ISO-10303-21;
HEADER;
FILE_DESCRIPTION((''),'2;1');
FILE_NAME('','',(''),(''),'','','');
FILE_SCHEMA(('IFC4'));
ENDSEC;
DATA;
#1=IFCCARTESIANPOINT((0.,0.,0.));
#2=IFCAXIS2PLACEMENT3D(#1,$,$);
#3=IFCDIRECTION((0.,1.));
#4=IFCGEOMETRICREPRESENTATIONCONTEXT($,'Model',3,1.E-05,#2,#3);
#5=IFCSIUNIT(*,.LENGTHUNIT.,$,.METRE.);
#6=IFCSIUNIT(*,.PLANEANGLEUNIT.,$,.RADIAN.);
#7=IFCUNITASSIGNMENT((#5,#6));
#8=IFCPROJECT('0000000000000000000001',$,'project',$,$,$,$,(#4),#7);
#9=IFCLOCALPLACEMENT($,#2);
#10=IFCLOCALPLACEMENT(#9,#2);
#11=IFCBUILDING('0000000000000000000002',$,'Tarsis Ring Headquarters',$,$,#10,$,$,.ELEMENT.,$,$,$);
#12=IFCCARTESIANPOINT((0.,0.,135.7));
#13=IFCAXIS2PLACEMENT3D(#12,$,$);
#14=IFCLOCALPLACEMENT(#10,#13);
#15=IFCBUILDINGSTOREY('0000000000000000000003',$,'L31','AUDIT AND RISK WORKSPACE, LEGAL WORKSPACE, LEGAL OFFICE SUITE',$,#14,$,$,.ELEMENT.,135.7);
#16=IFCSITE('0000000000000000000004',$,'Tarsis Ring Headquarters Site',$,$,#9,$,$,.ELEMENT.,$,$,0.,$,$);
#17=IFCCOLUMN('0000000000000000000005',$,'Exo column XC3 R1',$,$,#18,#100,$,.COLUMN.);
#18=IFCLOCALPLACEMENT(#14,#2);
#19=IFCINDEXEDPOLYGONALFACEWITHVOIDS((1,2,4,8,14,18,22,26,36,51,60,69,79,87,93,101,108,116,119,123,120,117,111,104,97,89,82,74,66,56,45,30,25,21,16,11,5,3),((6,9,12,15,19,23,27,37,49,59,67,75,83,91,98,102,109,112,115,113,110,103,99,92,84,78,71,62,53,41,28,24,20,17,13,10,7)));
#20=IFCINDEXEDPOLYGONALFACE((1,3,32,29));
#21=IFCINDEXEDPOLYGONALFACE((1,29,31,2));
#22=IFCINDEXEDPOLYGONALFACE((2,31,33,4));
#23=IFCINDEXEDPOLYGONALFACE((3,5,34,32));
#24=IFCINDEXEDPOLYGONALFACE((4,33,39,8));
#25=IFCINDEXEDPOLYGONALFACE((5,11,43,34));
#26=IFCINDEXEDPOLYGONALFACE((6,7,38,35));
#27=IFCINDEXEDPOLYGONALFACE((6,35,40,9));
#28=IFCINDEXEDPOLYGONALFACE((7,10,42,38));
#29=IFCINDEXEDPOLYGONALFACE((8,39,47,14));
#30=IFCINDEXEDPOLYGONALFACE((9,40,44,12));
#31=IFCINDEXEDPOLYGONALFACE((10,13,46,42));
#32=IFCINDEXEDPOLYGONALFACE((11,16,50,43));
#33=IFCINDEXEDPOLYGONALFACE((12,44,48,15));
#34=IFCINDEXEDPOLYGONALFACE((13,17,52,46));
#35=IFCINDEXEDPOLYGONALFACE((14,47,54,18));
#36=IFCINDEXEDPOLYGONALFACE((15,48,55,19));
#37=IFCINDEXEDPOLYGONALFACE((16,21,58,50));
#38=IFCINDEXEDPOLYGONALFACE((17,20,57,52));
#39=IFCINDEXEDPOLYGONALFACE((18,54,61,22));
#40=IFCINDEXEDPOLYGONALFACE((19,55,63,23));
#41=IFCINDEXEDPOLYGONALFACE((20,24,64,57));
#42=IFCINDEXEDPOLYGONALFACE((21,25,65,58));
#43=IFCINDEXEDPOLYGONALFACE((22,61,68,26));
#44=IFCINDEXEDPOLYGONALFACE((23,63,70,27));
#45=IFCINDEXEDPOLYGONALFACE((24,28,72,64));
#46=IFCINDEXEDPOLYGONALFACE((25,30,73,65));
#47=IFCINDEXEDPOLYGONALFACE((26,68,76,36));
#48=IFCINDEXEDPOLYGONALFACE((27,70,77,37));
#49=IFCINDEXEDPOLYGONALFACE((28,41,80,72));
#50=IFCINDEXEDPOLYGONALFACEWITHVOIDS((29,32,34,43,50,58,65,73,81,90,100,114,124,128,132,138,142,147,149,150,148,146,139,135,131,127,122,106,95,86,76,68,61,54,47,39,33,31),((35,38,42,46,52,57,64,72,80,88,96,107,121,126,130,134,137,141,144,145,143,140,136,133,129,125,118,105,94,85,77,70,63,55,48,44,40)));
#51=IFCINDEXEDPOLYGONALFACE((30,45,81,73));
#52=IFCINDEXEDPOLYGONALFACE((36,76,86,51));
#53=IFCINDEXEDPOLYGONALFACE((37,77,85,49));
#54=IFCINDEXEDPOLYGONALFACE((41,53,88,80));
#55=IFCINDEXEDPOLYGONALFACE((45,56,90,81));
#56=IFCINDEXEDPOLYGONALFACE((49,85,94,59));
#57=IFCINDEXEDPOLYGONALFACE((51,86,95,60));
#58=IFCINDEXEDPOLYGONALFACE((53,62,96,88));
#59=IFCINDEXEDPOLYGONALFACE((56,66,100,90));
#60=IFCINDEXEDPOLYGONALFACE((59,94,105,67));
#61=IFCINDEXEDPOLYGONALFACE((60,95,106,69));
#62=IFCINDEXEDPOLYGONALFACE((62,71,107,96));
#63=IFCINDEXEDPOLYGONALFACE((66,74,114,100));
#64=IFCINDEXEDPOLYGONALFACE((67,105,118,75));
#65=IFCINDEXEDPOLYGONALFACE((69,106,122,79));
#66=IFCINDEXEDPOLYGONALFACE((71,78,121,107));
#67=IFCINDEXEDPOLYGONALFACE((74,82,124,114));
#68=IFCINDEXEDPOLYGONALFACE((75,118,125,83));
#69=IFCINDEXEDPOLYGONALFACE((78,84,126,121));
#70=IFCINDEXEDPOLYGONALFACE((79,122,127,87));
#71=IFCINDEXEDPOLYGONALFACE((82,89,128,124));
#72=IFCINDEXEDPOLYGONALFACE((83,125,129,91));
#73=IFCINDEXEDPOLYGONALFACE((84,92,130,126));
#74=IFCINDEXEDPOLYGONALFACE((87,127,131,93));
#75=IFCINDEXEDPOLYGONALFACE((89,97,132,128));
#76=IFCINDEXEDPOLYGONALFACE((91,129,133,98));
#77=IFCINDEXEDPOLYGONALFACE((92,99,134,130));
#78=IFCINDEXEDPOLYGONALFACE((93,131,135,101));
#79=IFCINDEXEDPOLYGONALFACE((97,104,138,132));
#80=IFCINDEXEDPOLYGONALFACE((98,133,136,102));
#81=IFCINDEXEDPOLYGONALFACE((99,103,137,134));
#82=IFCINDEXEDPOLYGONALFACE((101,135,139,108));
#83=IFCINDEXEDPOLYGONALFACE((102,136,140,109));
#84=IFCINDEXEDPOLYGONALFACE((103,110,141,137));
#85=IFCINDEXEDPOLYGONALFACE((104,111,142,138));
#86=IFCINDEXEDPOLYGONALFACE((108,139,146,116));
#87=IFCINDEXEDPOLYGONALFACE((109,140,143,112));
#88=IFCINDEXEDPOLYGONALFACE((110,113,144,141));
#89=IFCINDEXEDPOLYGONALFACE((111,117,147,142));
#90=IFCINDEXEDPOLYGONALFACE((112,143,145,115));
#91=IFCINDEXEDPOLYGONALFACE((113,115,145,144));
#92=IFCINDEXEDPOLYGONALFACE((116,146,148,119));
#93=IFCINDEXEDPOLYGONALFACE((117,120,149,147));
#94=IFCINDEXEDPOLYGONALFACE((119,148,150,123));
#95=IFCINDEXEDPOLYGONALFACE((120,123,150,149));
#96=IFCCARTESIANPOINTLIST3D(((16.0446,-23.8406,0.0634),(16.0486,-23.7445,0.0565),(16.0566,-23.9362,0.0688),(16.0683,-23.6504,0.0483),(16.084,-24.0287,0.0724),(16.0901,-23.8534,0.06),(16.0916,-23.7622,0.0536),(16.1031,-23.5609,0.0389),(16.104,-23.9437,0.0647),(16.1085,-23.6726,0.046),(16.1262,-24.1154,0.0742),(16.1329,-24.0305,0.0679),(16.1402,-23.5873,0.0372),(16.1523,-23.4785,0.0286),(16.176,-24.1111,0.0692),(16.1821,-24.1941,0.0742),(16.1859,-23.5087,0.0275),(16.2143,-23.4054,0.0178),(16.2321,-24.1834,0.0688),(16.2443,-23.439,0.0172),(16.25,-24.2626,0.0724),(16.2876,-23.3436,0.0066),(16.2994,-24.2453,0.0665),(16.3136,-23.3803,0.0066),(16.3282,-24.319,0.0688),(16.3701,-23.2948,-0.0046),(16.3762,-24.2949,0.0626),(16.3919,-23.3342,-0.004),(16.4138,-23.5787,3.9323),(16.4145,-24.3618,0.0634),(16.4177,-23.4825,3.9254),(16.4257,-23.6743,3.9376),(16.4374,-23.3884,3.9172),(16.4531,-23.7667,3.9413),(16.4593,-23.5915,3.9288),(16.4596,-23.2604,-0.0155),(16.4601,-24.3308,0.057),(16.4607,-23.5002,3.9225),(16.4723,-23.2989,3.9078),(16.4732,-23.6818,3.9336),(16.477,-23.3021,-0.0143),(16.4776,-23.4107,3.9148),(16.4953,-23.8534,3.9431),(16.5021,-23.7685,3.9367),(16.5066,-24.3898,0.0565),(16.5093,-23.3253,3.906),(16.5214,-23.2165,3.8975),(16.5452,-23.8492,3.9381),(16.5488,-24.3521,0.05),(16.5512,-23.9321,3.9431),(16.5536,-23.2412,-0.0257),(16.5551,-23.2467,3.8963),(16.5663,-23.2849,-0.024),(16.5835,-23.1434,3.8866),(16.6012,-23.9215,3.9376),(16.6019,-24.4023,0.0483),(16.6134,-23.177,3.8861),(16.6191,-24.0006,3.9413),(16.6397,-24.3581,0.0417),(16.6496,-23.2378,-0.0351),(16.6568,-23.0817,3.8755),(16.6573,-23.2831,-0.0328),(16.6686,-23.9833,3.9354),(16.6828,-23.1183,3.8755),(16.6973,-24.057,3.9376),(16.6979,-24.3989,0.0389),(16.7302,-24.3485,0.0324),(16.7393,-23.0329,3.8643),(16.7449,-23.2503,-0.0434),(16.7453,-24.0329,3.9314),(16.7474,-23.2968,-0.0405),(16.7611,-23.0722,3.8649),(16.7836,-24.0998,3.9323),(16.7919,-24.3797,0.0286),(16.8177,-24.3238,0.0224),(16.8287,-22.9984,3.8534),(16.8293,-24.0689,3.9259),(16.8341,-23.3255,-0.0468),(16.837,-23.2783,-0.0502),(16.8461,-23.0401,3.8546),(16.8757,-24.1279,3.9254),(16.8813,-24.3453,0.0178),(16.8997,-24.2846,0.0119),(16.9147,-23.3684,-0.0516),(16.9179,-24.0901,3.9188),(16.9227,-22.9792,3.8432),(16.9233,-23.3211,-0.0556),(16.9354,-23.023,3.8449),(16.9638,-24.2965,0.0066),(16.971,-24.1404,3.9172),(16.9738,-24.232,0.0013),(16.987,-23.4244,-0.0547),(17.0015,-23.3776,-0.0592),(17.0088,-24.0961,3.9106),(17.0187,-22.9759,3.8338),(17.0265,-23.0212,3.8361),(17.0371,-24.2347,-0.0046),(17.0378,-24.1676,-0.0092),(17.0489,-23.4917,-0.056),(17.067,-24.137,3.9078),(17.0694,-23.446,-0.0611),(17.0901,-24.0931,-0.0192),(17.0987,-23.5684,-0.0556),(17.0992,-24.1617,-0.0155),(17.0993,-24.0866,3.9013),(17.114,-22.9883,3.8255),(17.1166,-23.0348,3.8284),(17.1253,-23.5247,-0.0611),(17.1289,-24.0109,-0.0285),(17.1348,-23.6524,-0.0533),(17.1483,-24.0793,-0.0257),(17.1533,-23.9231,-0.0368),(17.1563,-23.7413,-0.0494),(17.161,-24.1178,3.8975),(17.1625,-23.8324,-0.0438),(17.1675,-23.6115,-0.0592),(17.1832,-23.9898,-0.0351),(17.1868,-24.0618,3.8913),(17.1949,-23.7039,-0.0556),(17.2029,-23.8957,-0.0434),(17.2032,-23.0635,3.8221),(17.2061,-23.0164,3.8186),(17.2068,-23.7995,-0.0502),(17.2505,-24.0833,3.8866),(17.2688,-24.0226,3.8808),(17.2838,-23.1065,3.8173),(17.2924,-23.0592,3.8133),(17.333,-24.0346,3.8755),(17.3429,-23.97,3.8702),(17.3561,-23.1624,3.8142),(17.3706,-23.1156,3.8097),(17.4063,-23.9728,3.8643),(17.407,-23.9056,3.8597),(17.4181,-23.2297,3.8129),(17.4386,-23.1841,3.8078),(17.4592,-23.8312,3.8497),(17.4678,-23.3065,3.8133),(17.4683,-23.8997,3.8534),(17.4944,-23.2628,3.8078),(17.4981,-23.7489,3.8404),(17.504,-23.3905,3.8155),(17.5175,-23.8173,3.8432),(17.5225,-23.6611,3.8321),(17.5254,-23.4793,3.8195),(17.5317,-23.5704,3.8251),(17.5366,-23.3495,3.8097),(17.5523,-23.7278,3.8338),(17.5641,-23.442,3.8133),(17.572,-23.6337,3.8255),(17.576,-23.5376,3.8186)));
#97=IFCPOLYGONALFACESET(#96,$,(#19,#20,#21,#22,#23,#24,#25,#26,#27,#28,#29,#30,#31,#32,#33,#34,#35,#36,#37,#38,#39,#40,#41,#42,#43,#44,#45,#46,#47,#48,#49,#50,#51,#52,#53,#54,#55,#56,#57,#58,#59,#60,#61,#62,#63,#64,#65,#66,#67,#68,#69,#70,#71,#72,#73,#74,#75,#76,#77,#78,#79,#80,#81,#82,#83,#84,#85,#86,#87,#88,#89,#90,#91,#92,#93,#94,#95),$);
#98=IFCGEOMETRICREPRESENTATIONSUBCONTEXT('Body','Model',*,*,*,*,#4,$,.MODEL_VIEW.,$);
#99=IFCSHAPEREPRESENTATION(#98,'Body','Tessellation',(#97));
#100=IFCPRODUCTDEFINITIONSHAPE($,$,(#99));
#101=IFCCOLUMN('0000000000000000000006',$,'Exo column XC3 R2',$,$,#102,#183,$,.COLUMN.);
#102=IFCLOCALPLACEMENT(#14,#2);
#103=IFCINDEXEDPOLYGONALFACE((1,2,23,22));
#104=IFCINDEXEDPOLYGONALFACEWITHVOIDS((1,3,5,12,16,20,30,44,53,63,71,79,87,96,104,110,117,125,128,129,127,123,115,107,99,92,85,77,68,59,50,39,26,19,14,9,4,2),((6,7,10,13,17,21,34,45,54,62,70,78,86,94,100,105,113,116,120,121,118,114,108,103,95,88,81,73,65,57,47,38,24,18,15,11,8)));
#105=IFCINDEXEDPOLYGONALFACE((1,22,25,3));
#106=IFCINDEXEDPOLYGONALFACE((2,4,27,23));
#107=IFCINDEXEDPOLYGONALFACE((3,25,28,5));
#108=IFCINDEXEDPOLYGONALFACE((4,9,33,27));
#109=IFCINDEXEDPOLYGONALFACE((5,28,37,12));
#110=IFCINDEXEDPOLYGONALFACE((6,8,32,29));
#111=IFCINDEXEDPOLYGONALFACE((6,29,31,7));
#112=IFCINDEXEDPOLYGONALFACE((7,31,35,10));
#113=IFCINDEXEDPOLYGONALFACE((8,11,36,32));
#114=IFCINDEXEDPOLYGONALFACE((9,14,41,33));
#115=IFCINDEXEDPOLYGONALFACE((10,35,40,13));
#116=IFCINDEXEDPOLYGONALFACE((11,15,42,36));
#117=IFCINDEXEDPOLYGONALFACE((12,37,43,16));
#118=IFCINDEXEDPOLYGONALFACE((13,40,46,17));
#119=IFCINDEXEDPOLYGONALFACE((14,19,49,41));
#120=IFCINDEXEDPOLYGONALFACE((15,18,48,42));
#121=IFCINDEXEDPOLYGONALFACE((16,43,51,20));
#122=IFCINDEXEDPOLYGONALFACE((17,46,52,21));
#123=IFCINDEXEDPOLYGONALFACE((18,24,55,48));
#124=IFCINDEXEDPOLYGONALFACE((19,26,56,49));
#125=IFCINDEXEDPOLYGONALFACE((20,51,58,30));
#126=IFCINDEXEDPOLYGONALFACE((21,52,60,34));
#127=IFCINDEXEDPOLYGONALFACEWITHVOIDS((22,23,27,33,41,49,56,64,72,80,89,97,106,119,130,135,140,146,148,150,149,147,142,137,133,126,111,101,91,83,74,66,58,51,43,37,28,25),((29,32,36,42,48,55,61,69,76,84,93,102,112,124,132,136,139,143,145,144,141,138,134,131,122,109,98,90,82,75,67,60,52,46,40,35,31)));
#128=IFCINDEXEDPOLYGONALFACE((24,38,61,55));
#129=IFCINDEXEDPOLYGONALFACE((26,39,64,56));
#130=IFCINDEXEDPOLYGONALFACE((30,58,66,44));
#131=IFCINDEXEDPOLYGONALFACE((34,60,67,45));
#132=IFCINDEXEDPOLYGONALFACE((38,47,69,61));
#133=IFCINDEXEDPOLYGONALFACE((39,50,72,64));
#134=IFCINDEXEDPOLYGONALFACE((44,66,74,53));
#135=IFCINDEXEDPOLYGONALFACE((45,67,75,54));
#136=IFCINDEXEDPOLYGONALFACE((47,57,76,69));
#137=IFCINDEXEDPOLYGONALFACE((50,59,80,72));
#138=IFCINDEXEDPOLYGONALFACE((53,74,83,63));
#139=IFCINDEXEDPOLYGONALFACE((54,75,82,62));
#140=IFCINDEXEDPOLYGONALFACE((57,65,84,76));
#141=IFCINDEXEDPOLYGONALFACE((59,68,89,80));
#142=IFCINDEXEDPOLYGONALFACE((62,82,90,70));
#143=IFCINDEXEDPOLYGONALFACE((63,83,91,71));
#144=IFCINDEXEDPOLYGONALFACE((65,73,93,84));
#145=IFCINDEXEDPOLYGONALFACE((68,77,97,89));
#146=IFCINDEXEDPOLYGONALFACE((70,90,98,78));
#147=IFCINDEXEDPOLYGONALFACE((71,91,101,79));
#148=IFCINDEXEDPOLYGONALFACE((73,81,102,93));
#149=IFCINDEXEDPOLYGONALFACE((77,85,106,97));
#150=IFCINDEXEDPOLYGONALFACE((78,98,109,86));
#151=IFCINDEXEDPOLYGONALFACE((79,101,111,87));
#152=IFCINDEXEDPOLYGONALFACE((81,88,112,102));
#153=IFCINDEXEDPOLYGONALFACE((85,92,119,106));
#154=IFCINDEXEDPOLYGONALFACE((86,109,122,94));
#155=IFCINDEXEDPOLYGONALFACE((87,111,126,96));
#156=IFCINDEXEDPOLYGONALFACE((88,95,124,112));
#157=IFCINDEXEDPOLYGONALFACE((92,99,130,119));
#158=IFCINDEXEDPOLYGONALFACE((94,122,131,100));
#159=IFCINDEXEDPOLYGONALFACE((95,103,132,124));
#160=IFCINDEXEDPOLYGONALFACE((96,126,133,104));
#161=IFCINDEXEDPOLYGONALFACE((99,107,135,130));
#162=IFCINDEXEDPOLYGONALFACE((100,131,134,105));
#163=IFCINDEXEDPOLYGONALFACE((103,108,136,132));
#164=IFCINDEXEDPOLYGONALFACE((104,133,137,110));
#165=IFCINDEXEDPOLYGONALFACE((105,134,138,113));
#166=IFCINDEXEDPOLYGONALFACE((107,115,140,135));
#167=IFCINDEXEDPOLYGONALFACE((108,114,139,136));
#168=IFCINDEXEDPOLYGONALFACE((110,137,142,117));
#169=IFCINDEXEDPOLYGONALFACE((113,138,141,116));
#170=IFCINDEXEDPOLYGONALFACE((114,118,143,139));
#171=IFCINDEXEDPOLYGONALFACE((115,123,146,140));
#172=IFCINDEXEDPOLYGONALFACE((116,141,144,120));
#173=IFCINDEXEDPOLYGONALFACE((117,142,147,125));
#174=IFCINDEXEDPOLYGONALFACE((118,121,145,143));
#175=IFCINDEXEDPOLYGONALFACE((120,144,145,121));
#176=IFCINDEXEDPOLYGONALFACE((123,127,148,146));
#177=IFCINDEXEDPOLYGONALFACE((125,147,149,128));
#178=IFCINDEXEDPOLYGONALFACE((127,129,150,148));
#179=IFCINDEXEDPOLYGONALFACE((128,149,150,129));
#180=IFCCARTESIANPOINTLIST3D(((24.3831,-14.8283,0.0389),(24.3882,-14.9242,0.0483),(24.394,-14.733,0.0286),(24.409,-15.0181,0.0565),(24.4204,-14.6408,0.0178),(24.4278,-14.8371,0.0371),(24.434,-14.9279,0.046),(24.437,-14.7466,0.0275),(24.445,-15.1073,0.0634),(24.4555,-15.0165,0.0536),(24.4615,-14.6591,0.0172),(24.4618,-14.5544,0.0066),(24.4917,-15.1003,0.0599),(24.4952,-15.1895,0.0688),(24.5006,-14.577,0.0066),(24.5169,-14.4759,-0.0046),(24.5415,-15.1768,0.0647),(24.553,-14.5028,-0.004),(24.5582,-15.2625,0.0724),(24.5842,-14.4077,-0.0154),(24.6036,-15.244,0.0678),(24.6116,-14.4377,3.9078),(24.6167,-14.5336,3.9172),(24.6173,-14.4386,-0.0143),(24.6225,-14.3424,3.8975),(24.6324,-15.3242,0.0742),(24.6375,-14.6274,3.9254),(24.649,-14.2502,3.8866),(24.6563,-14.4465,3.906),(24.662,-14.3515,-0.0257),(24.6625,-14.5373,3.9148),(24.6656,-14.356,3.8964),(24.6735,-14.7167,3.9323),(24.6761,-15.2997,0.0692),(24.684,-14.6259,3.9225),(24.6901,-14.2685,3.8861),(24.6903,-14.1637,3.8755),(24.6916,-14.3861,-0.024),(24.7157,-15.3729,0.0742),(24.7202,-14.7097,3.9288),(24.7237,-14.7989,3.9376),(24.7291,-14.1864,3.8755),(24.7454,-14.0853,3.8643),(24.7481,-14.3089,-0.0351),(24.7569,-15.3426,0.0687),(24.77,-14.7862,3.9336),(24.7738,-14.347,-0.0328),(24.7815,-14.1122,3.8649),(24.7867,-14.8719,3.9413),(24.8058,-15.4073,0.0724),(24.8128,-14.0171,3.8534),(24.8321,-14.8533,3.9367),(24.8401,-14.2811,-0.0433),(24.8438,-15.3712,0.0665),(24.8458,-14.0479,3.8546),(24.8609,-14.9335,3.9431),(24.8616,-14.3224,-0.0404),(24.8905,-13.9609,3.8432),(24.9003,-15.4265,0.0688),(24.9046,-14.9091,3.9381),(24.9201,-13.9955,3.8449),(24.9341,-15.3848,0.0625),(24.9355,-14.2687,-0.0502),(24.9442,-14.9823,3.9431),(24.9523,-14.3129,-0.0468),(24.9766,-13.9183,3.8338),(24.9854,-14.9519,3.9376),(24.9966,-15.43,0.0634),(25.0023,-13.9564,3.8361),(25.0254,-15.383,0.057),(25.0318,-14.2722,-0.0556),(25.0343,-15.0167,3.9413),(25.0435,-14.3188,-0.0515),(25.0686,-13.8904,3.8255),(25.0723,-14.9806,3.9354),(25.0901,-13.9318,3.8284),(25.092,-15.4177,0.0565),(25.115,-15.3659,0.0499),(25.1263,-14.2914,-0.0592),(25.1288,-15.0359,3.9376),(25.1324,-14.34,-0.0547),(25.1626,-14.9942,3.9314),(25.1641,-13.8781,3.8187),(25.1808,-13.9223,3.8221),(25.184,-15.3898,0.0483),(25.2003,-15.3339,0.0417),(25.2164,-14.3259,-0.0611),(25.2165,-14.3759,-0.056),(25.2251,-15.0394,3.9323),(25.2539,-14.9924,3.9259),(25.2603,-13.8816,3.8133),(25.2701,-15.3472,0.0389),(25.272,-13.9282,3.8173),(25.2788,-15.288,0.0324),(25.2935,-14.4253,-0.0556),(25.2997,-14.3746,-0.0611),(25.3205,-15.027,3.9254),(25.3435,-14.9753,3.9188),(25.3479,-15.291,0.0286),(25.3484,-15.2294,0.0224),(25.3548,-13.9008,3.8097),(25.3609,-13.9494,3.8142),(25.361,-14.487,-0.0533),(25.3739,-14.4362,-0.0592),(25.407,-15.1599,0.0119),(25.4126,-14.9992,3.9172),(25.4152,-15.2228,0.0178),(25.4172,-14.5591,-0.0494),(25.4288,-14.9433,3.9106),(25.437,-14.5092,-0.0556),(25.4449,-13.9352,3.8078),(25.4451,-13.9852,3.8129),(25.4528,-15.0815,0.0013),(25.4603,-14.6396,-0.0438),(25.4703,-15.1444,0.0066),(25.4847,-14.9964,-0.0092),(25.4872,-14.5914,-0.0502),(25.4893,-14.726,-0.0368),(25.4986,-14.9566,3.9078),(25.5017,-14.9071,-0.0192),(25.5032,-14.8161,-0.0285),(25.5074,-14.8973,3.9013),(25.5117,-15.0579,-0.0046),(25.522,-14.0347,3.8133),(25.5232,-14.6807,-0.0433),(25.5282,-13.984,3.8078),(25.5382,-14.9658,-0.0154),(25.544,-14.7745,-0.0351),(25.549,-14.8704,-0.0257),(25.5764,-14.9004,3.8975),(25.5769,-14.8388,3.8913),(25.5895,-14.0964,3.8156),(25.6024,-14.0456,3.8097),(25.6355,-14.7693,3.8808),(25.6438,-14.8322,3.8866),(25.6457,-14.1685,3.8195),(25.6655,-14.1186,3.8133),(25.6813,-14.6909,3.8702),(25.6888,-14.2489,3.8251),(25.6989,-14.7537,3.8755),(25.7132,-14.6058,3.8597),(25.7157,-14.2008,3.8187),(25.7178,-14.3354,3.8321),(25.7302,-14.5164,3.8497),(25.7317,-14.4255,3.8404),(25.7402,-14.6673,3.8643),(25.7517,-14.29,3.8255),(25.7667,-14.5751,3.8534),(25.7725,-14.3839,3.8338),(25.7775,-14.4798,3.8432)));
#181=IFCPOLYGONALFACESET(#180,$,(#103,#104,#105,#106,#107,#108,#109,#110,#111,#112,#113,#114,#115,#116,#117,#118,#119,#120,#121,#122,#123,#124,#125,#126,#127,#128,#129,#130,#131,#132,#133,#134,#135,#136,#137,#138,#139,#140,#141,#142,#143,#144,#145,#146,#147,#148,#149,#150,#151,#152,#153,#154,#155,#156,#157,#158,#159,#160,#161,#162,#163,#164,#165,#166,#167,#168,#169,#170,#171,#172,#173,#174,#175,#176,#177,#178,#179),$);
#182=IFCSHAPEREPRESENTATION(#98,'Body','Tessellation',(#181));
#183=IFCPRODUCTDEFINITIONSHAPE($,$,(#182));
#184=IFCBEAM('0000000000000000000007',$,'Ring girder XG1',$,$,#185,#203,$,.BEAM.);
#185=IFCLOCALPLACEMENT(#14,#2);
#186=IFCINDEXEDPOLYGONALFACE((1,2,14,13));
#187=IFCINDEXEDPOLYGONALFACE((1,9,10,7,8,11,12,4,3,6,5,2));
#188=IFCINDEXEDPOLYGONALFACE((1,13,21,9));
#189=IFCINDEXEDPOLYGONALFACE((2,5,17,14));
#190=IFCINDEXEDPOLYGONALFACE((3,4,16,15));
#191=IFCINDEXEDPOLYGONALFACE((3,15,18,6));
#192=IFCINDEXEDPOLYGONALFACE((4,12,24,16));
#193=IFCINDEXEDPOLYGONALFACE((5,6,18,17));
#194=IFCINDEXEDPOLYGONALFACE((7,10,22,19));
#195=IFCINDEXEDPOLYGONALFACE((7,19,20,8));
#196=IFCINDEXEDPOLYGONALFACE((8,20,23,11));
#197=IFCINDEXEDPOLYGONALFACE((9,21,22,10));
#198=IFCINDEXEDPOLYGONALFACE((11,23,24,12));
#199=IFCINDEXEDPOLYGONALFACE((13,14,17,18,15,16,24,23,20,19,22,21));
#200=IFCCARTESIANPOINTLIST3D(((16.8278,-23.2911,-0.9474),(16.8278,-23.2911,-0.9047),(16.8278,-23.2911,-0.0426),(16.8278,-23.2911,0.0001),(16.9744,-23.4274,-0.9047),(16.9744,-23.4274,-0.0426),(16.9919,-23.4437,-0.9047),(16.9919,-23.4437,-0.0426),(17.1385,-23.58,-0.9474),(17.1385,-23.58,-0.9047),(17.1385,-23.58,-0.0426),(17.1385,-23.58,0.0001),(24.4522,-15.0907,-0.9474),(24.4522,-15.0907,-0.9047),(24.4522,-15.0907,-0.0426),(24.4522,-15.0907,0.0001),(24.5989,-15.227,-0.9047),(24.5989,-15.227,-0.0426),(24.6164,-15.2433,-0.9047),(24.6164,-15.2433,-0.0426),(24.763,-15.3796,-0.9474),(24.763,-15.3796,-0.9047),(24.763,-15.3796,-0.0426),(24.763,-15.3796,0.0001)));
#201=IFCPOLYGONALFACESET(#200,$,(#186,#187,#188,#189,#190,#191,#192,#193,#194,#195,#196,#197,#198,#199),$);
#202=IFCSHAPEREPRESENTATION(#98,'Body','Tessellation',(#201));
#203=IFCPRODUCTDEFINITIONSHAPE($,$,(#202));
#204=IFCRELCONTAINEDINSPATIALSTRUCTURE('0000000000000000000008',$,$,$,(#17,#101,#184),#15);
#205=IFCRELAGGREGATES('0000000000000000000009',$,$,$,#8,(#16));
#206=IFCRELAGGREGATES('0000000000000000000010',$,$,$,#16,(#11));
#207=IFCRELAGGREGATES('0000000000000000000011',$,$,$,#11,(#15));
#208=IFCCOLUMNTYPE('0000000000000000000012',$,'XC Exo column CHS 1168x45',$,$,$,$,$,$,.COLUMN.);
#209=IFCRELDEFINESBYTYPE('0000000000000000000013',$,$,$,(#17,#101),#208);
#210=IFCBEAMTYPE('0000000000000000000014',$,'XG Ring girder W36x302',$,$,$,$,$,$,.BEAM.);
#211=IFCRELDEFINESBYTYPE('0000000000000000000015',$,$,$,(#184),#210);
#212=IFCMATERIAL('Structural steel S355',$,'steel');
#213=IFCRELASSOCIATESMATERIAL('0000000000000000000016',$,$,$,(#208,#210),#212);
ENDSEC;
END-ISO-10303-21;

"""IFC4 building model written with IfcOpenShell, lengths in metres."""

from ifc_helpers import new_model, si_unit, direction, frame, origin, origin_2d, place, context, subcontext, project, spatial, hollow_circle, i_section, extrude, material, material_profile, profile_set, type_object, element, save


model = new_model("IFC4")

# Units and contexts
model_context = context("Model", 3, precision=1e-05, world=origin(), true_north=direction((0.0, 1.0)))
body_context = subcontext(model_context, "Body", "Model", "MODEL_VIEW")
ifc_project = project(units=[si_unit("LENGTHUNIT", "METRE"), si_unit("PLANEANGLEUNIT", "RADIAN")], contexts=[model_context])

# Site, building, storey
site_placement = place(None, origin())
site = spatial("IfcSite", under=ifc_project, at=site_placement, Name="Tarsis Ring Headquarters Site", CompositionType="ELEMENT", RefElevation=0.0)
building_placement = place(site_placement, origin())
building = spatial("IfcBuilding", under=site, at=building_placement, Name="Tarsis Ring Headquarters", CompositionType="ELEMENT")
storey_placement = place(building_placement, frame((0.0, 0.0, 135.7)))
storey = spatial("IfcBuildingStorey", under=building, at=storey_placement, Name="L31", Description="AUDIT AND RISK WORKSPACE, LEGAL WORKSPACE, LEGAL OFFICE SUITE", CompositionType="ELEMENT", Elevation=135.7)

# Columns
ifc_material_1 = material(Name="Structural steel S355", Category="steel")
ifc_material_profile_1 = material_profile(ifc_material_1, hollow_circle(Radius=0.5842, WallThickness=0.0449, at=origin_2d()), Name="CHS 1168x45")
ifc_profile_set_1 = profile_set([ifc_material_profile_1], Name="Structural steel S355")
column_type = type_object("IfcColumnType", Name="XC Exo column CHS 1168x45", PredefinedType="COLUMN", material=ifc_profile_set_1)
for number, where, z_axis, x_axis, name in (
    (1, (16.6257, -23.8201, 0.0066), (0.094766, 0.067251, 0.993225), (-0.578735, 0.815515, 0.0), "Exo column XC3 R1"),
    (2, (24.9661, -14.8494, 0.0066), (0.058665, 0.100282, 0.993228), (-0.863152, 0.504944, 0.0), "Exo column XC3 R2"),
):
    element("IfcColumn", number, at=place(storey_placement, frame(where, z_axis=z_axis, x_axis=x_axis)), inside=storey, type_object=column_type, Name=name, PredefinedType="COLUMN", context=body_context, shape_type="SweptSolid", body=[
        extrude(hollow_circle(Radius=0.5842, WallThickness=0.0449, at=origin_2d()), origin(), (0.0, 0.0, 1.0), 3.8953),
    ])

# Beam
ifc_material_profile_2 = material_profile(ifc_material_1, i_section(OverallWidth=0.4243, OverallDepth=0.9475, WebThickness=0.0239, FlangeThickness=0.0427, at=origin_2d()), Name="W36x302")
ifc_profile_set_2 = profile_set([ifc_material_profile_2], Name="Structural steel S355")
beam_type = type_object("IfcBeamType", Name="XG Ring girder W36x302", PredefinedType="BEAM", material=ifc_profile_set_2)
beam_1_placement = place(storey_placement, frame((16.9832, -23.4355, -0.4736), z_axis=(0.680922, 0.732356, 0.0), x_axis=(-0.732356, 0.680922, 0.0)))
element("IfcBeam", 3, at=beam_1_placement, inside=storey, type_object=beam_type, Name="Ring girder XG1", PredefinedType="BEAM", context=body_context, shape_type="SweptSolid", body=[
    extrude(i_section(OverallWidth=0.4243, OverallDepth=0.9475, WebThickness=0.0239, FlangeThickness=0.0427, at=origin_2d()), origin(), (0.0, 0.0, 1.0), 11.1973),
])

save(model, "model.ifc")
